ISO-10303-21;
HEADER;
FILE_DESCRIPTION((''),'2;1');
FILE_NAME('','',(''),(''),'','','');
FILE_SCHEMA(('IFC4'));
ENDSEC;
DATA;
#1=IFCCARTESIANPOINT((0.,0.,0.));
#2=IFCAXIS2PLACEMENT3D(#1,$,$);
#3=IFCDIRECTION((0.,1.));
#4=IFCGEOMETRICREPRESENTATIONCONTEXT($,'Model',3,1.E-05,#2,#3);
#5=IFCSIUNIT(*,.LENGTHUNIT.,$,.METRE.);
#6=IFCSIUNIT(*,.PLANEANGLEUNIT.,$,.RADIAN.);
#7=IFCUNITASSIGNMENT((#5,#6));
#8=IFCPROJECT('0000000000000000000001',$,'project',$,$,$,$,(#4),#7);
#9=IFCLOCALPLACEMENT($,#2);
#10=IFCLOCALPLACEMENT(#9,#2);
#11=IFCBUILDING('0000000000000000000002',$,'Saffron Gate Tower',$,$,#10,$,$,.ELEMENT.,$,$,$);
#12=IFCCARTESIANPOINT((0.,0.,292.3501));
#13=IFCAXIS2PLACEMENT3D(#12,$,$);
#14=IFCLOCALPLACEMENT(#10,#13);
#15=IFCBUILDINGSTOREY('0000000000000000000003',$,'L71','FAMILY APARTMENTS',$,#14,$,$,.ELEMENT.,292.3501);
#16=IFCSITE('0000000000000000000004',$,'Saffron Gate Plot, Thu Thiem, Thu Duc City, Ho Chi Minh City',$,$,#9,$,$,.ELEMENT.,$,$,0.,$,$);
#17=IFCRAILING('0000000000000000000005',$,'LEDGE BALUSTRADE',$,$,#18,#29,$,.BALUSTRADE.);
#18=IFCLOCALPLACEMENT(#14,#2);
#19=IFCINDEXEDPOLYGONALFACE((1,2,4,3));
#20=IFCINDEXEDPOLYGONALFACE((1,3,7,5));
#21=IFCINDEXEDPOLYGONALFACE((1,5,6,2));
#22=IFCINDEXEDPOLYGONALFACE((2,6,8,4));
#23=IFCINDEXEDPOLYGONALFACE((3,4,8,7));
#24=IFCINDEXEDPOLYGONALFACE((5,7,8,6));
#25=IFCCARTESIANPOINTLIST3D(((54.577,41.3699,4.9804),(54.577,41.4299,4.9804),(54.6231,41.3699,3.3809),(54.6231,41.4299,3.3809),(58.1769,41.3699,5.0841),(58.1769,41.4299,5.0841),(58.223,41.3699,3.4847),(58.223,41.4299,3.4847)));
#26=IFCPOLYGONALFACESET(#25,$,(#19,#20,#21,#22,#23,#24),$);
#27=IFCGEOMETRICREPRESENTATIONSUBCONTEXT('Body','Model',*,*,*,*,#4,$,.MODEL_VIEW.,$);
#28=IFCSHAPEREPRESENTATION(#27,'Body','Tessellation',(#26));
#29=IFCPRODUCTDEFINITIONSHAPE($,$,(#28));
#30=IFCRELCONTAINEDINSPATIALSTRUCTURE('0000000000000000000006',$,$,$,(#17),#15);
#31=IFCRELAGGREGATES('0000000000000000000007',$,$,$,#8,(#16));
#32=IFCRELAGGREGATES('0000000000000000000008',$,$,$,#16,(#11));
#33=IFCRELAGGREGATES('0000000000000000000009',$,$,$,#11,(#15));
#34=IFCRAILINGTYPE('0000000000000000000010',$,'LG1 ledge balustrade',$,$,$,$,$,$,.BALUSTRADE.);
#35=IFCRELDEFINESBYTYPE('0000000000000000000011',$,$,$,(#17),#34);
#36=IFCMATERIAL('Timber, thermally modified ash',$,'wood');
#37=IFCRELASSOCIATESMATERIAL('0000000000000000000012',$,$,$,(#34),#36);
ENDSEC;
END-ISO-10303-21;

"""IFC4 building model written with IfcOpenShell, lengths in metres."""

from ifc_helpers import new_model, si_unit, direction, frame, origin, origin_2d, place, context, subcontext, project, spatial, rectangle, extrude, material, type_object, element, save


model = new_model("IFC4")

# Units and contexts
model_context = context("Model", 3, precision=1e-05, world=origin(), true_north=direction((0.0, 1.0)))
body_context = subcontext(model_context, "Body", "Model", "MODEL_VIEW")
ifc_project = project(units=[si_unit("LENGTHUNIT", "METRE"), si_unit("PLANEANGLEUNIT", "RADIAN")], contexts=[model_context])

# Site, building, storey
site_placement = place(None, origin())
site = spatial("IfcSite", under=ifc_project, at=site_placement, Name="Saffron Gate Plot, Thu Thiem, Thu Duc City, Ho Chi Minh City", CompositionType="ELEMENT", RefElevation=0.0)
building_placement = place(site_placement, origin())
building = spatial("IfcBuilding", under=site, at=building_placement, Name="Saffron Gate Tower", CompositionType="ELEMENT")
storey_placement = place(building_placement, frame((0.0, 0.0, 292.3501)))
storey = spatial("IfcBuildingStorey", under=building, at=storey_placement, Name="L71", Description="FAMILY APARTMENTS", CompositionType="ELEMENT", Elevation=292.3501)

# Shared definitions
ifc_material_1 = material(Name="Timber, thermally modified ash", Category="wood")

# Railing
railing_type = type_object("IfcRailingType", Name="LG1 ledge balustrade", PredefinedType="BALUSTRADE", material=ifc_material_1)
railing_placement = place(storey_placement, frame((54.6001, 41.3999, 3.3806)))
element("IfcRailing", 1, at=railing_placement, inside=storey, type_object=railing_type, Name="LEDGE BALUSTRADE", PredefinedType="BALUSTRADE", context=body_context, shape_type="SweptSolid", body=[
    extrude(rectangle(XDim=0.0601, YDim=1.6001, at=origin_2d()), frame((0.0, 0.0, 0.8), z_axis=(0.999585, 0.0, 0.028811), x_axis=(0.0, 1.0, 0.0)), (0.0, 0.0, 1.0), 3.6013),
])

save(model, "model.ifc")
